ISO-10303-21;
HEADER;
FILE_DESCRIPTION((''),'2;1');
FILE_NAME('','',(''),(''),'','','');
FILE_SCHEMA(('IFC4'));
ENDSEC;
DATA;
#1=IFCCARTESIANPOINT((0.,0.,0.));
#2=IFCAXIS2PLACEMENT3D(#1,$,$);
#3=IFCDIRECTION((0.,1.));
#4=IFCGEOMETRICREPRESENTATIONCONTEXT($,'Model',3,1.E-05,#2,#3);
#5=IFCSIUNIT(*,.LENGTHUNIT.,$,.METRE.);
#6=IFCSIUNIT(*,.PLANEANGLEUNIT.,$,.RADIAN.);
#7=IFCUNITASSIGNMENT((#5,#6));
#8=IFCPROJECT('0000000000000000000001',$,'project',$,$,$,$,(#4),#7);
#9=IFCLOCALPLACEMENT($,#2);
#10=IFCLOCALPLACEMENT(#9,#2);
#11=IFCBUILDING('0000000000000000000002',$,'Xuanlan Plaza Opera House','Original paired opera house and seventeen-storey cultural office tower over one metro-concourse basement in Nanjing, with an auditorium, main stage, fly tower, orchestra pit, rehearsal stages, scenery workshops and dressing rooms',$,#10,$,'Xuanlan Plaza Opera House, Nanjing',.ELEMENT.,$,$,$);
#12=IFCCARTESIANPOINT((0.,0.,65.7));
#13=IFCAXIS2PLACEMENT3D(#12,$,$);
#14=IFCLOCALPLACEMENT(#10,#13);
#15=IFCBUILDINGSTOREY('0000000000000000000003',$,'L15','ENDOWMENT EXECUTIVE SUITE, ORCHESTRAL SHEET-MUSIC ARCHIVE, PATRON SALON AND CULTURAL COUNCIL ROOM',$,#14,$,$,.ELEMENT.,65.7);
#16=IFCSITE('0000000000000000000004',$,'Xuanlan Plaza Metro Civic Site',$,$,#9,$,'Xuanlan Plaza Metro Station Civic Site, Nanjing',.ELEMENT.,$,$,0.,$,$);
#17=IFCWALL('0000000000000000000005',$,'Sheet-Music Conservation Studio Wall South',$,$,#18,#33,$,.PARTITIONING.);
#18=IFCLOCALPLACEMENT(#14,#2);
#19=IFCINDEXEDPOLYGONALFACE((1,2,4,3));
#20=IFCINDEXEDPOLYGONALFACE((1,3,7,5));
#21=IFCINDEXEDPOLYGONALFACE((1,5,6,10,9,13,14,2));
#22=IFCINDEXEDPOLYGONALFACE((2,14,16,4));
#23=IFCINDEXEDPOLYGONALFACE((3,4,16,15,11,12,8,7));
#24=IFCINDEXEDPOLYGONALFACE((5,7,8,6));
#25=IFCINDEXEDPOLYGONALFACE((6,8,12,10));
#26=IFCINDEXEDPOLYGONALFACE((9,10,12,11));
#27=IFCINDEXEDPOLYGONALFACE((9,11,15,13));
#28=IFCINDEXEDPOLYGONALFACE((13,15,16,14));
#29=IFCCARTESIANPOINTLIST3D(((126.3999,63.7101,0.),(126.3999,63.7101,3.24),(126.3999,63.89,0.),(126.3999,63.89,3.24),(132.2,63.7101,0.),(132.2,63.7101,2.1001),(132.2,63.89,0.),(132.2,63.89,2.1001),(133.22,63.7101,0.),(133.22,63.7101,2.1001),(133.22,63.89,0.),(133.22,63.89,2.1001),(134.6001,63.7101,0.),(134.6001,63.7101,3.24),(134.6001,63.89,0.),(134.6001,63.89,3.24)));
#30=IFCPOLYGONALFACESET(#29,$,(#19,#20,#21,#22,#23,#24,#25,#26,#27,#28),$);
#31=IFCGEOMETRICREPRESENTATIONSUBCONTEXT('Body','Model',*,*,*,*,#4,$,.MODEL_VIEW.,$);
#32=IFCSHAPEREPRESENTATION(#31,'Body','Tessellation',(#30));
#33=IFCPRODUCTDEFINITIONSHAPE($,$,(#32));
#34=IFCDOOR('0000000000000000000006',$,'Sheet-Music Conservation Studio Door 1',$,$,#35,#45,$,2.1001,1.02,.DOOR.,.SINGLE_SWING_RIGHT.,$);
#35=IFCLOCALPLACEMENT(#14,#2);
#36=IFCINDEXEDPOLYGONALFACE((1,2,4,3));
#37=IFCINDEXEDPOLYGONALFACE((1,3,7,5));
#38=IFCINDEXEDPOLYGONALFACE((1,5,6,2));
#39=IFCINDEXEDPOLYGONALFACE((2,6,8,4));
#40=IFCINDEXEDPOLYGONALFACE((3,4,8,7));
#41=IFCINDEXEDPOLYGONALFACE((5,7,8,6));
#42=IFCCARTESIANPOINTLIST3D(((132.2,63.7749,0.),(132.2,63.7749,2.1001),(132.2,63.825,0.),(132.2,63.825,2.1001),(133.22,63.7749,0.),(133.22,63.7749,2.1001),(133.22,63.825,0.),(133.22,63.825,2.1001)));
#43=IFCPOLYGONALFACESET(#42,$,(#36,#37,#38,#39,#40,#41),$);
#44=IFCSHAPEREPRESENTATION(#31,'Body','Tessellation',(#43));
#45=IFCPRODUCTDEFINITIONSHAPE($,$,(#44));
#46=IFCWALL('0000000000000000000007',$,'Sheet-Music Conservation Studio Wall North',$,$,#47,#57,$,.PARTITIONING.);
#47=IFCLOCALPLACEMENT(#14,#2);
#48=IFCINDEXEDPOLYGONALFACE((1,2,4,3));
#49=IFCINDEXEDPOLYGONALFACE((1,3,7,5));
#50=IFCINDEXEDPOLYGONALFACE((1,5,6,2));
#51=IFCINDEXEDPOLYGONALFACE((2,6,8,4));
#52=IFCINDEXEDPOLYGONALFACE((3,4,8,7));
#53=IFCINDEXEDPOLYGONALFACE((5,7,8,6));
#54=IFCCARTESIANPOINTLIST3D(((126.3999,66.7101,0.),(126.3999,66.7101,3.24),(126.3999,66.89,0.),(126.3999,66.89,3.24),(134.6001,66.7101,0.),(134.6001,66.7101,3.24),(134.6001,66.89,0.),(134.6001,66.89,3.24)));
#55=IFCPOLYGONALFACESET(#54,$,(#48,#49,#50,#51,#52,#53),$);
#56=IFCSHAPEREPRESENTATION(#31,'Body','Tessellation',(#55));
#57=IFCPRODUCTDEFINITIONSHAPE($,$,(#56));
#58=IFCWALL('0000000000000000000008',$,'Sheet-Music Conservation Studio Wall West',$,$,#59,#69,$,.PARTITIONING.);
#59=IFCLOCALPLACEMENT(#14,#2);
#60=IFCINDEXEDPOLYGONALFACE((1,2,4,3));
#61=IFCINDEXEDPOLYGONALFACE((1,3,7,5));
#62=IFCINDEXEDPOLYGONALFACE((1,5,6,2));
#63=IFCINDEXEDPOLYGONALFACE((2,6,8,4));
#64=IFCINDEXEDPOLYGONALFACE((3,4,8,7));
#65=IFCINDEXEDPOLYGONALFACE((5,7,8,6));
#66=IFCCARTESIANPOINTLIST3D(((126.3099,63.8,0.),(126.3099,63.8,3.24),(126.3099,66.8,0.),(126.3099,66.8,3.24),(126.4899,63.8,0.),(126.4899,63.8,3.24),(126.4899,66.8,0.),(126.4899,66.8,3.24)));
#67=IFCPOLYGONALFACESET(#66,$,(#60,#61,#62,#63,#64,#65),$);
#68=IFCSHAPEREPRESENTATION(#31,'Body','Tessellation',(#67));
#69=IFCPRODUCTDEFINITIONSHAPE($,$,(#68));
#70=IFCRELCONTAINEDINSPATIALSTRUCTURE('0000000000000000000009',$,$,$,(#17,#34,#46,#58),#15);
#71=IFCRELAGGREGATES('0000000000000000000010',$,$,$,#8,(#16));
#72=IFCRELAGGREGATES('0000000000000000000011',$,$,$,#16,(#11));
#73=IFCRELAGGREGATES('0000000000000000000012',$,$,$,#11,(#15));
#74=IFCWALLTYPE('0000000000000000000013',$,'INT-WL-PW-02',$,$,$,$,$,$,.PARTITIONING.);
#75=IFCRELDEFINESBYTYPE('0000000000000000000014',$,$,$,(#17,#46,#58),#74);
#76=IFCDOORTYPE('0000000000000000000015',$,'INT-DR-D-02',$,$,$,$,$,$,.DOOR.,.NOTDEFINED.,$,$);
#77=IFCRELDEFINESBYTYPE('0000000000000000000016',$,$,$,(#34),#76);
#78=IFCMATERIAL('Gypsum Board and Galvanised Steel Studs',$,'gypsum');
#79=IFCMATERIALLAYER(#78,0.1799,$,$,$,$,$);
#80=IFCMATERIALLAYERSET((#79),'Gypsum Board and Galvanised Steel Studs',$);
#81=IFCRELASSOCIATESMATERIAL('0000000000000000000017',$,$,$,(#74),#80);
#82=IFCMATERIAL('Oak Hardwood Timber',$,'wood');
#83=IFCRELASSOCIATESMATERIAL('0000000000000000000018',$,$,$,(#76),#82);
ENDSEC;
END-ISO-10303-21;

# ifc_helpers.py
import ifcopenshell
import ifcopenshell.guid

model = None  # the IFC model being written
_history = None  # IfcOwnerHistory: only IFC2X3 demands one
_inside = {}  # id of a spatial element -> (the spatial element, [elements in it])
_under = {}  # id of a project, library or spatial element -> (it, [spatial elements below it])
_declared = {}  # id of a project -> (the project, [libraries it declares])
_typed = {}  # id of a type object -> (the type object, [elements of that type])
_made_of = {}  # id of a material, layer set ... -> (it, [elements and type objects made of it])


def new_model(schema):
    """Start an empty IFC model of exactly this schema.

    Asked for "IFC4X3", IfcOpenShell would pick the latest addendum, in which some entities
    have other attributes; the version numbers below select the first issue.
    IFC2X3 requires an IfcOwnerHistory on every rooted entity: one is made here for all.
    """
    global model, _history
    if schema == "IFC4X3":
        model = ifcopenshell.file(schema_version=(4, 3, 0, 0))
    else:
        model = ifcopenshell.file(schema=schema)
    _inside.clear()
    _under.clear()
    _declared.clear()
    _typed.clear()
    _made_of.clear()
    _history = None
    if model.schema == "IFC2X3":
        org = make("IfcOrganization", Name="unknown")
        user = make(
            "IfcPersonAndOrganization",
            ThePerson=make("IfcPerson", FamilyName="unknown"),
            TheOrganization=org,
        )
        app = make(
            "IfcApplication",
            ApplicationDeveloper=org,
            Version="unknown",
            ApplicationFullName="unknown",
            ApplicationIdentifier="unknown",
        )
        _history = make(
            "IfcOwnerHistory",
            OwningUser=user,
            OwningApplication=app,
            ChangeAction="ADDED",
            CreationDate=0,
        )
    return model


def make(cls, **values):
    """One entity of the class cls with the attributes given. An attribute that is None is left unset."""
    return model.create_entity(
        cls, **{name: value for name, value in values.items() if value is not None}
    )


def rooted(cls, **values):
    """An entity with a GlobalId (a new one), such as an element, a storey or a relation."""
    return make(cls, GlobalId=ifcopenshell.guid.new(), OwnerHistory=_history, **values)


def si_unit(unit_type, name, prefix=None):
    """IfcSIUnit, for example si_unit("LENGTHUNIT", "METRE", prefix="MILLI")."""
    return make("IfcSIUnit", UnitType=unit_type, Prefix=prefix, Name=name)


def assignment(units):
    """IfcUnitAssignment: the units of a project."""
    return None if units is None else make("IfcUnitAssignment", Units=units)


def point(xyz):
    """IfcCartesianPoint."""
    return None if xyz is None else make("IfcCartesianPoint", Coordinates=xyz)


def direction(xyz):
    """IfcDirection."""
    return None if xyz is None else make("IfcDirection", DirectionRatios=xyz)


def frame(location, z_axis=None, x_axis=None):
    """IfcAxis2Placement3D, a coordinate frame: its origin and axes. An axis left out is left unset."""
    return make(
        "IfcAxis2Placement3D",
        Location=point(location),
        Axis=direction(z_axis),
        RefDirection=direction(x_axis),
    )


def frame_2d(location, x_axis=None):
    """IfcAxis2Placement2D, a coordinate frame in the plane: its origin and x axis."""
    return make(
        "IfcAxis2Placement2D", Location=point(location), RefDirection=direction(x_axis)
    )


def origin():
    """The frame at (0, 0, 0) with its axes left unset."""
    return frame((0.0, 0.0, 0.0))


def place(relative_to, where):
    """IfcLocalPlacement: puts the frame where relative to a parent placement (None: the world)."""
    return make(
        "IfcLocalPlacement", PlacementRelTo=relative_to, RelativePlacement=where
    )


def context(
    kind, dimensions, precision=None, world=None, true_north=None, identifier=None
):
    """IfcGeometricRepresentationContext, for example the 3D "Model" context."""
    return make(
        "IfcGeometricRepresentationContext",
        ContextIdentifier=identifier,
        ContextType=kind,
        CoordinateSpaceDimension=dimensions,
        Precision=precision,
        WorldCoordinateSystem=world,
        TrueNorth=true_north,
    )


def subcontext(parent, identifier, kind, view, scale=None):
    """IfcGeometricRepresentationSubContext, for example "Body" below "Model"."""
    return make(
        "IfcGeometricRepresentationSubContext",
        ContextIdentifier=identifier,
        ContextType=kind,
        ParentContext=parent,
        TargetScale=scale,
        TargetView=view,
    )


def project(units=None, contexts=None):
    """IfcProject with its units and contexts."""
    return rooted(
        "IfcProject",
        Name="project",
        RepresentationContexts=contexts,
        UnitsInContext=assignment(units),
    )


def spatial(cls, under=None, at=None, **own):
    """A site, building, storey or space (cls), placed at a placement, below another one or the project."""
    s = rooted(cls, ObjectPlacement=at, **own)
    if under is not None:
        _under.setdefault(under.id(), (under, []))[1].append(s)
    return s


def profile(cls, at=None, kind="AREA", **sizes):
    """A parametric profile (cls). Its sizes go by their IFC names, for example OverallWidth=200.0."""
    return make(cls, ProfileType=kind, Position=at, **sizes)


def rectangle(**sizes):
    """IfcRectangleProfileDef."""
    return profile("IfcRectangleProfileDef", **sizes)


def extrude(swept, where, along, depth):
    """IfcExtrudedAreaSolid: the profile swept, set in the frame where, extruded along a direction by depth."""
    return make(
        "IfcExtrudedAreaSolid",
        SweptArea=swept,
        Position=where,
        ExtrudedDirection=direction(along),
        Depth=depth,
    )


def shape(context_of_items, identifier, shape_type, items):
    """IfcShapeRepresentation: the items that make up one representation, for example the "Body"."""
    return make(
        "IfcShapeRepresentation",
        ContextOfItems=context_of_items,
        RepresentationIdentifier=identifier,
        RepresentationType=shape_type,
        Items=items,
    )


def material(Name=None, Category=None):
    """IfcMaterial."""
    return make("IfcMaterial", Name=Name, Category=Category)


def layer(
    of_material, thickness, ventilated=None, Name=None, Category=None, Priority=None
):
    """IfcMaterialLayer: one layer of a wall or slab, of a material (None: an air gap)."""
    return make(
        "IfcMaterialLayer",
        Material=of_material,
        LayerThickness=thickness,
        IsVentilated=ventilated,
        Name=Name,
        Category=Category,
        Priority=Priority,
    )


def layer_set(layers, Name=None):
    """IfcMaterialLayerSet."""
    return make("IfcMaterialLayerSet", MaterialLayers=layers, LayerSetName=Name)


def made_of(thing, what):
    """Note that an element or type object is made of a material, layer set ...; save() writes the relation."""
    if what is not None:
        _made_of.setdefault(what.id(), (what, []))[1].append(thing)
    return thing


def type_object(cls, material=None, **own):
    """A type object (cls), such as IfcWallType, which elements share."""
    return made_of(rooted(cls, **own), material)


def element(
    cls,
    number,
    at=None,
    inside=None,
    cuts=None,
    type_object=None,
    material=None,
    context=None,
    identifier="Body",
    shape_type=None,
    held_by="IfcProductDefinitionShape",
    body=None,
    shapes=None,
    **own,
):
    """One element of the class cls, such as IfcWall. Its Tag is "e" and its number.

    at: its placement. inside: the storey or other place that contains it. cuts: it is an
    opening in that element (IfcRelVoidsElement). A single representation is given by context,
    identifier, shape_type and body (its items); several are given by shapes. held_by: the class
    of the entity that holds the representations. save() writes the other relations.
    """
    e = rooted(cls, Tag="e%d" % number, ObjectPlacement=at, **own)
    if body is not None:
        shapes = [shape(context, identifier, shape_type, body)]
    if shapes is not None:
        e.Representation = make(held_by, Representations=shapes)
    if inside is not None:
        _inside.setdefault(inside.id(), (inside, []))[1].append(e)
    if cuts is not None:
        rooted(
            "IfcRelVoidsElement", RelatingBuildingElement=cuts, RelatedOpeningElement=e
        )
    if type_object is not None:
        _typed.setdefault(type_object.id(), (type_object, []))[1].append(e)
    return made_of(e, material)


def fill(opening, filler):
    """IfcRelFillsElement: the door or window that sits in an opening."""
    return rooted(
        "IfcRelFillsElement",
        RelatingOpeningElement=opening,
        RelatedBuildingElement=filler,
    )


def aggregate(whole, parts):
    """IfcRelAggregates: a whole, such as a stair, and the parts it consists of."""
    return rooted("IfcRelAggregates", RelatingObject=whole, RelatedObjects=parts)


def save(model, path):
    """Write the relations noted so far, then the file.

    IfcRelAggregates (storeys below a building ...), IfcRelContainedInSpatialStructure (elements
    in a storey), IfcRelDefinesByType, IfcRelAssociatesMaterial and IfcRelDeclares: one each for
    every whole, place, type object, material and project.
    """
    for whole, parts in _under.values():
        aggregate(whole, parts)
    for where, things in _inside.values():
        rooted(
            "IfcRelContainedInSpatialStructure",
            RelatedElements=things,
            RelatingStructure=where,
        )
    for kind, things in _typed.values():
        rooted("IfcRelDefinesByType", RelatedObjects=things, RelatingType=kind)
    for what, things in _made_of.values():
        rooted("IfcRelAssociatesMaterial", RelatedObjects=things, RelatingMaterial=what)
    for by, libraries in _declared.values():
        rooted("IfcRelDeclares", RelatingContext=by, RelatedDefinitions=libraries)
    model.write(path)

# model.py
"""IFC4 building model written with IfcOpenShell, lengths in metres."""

from ifc_helpers import new_model, si_unit, direction, frame, frame_2d, origin, place, context, subcontext, project, spatial, rectangle, extrude, material, layer, layer_set, type_object, element, fill, save


model = new_model("IFC4")

# Units and contexts
model_context = context("Model", 3, precision=1e-05, world=origin(), true_north=direction((0.0, 1.0)))
body_context = subcontext(model_context, "Body", "Model", "MODEL_VIEW")
ifc_project = project(units=[si_unit("LENGTHUNIT", "METRE"), si_unit("PLANEANGLEUNIT", "RADIAN")], contexts=[model_context])

# Site, building, storey
site_placement = place(None, origin())
site = spatial("IfcSite", under=ifc_project, at=site_placement, Name="Xuanlan Plaza Metro Civic Site", LongName="Xuanlan Plaza Metro Station Civic Site, Nanjing", CompositionType="ELEMENT", RefElevation=0.0)
building_placement = place(site_placement, origin())
building = spatial("IfcBuilding", under=site, at=building_placement, Name="Xuanlan Plaza Opera House", Description="Original paired opera house and seventeen-storey cultural office tower over one metro-concourse basement in Nanjing, with an auditorium, main stage, fly tower, orchestra pit, rehearsal stages, scenery workshops and dressing rooms", LongName="Xuanlan Plaza Opera House, Nanjing", CompositionType="ELEMENT")
storey_placement = place(building_placement, frame((0.0, 0.0, 65.7)))
storey = spatial("IfcBuildingStorey", under=building, at=storey_placement, Name="L15", Description="ENDOWMENT EXECUTIVE SUITE, ORCHESTRAL SHEET-MUSIC ARCHIVE, PATRON SALON AND CULTURAL COUNCIL ROOM", CompositionType="ELEMENT", Elevation=65.7)

# Wall, opening, door
ifc_material_1 = material(Name="Gypsum Board and Galvanised Steel Studs", Category="gypsum")
ifc_layer_1 = layer(ifc_material_1, 0.1799)
ifc_layer_set_1 = layer_set([ifc_layer_1], Name="Gypsum Board and Galvanised Steel Studs")
wall_type = type_object("IfcWallType", Name="INT-WL-PW-02", PredefinedType="PARTITIONING", material=ifc_layer_set_1)
wall_1_placement = place(storey_placement, frame((126.3999, 63.8, 0.0), z_axis=(0.0, 0.0, 1.0), x_axis=(1.0, 0.0, 0.0)))
wall_1 = element("IfcWall", 1, at=wall_1_placement, inside=storey, type_object=wall_type, Name="Sheet-Music Conservation Studio Wall South", PredefinedType="PARTITIONING", context=body_context, shape_type="SweptSolid", body=[
    extrude(rectangle(XDim=8.2002, YDim=0.1799, at=frame_2d((4.1001, 0.0))), origin(), (0.0, 0.0, 1.0), 3.24),
])
opening_placement = place(wall_1_placement, frame((5.8, 0.0, 0.0)))
opening = element("IfcOpeningElement", 2, at=opening_placement, cuts=wall_1, PredefinedType="OPENING", context=body_context, shape_type="SweptSolid", body=[
    extrude(rectangle(XDim=1.02, YDim=2.1001, at=frame_2d((0.51, 1.05))), frame((0.0, 0.0999, 0.0), z_axis=(0.0, -1.0, 0.0), x_axis=(1.0, 0.0, 0.0)), (0.0, 0.0, 1.0), 0.2),
])
ifc_material_2 = material(Name="Oak Hardwood Timber", Category="wood")
door_type = type_object("IfcDoorType", Name="INT-DR-D-02", OperationType="NOTDEFINED", PredefinedType="DOOR", material=ifc_material_2)
door_placement = place(opening_placement, origin())
door = element("IfcDoor", 3, at=door_placement, inside=storey, type_object=door_type, Name="Sheet-Music Conservation Studio Door 1", OperationType="SINGLE_SWING_RIGHT", OverallHeight=2.1001, OverallWidth=1.02, PredefinedType="DOOR", context=body_context, shape_type="SweptSolid", body=[
    extrude(rectangle(XDim=1.02, YDim=2.1001, at=frame_2d((0.51, 1.05))), frame((0.0, 0.0249, 0.0), z_axis=(0.0, -1.0, 0.0), x_axis=(1.0, 0.0, 0.0)), (0.0, 0.0, 1.0), 0.05),
])
fill(opening, door)

# Walls
wall_2_placement = place(storey_placement, frame((126.3999, 66.8, 0.0), z_axis=(0.0, 0.0, 1.0), x_axis=(1.0, 0.0, 0.0)))
element("IfcWall", 4, at=wall_2_placement, inside=storey, type_object=wall_type, Name="Sheet-Music Conservation Studio Wall North", PredefinedType="PARTITIONING", context=body_context, shape_type="SweptSolid", body=[
    extrude(rectangle(XDim=8.2002, YDim=0.1799, at=frame_2d((4.1001, 0.0))), origin(), (0.0, 0.0, 1.0), 3.24),
])
wall_3_placement = place(storey_placement, frame((126.3999, 63.8, 0.0), z_axis=(0.0, 0.0, 1.0), x_axis=(0.0, 1.0, 0.0)))
element("IfcWall", 5, at=wall_3_placement, inside=storey, type_object=wall_type, Name="Sheet-Music Conservation Studio Wall West", PredefinedType="PARTITIONING", context=body_context, shape_type="SweptSolid", body=[
    extrude(rectangle(XDim=3.0, YDim=0.1799, at=frame_2d((1.5, 0.0))), origin(), (0.0, 0.0, 1.0), 3.24),
])

save(model, "model.ifc")
